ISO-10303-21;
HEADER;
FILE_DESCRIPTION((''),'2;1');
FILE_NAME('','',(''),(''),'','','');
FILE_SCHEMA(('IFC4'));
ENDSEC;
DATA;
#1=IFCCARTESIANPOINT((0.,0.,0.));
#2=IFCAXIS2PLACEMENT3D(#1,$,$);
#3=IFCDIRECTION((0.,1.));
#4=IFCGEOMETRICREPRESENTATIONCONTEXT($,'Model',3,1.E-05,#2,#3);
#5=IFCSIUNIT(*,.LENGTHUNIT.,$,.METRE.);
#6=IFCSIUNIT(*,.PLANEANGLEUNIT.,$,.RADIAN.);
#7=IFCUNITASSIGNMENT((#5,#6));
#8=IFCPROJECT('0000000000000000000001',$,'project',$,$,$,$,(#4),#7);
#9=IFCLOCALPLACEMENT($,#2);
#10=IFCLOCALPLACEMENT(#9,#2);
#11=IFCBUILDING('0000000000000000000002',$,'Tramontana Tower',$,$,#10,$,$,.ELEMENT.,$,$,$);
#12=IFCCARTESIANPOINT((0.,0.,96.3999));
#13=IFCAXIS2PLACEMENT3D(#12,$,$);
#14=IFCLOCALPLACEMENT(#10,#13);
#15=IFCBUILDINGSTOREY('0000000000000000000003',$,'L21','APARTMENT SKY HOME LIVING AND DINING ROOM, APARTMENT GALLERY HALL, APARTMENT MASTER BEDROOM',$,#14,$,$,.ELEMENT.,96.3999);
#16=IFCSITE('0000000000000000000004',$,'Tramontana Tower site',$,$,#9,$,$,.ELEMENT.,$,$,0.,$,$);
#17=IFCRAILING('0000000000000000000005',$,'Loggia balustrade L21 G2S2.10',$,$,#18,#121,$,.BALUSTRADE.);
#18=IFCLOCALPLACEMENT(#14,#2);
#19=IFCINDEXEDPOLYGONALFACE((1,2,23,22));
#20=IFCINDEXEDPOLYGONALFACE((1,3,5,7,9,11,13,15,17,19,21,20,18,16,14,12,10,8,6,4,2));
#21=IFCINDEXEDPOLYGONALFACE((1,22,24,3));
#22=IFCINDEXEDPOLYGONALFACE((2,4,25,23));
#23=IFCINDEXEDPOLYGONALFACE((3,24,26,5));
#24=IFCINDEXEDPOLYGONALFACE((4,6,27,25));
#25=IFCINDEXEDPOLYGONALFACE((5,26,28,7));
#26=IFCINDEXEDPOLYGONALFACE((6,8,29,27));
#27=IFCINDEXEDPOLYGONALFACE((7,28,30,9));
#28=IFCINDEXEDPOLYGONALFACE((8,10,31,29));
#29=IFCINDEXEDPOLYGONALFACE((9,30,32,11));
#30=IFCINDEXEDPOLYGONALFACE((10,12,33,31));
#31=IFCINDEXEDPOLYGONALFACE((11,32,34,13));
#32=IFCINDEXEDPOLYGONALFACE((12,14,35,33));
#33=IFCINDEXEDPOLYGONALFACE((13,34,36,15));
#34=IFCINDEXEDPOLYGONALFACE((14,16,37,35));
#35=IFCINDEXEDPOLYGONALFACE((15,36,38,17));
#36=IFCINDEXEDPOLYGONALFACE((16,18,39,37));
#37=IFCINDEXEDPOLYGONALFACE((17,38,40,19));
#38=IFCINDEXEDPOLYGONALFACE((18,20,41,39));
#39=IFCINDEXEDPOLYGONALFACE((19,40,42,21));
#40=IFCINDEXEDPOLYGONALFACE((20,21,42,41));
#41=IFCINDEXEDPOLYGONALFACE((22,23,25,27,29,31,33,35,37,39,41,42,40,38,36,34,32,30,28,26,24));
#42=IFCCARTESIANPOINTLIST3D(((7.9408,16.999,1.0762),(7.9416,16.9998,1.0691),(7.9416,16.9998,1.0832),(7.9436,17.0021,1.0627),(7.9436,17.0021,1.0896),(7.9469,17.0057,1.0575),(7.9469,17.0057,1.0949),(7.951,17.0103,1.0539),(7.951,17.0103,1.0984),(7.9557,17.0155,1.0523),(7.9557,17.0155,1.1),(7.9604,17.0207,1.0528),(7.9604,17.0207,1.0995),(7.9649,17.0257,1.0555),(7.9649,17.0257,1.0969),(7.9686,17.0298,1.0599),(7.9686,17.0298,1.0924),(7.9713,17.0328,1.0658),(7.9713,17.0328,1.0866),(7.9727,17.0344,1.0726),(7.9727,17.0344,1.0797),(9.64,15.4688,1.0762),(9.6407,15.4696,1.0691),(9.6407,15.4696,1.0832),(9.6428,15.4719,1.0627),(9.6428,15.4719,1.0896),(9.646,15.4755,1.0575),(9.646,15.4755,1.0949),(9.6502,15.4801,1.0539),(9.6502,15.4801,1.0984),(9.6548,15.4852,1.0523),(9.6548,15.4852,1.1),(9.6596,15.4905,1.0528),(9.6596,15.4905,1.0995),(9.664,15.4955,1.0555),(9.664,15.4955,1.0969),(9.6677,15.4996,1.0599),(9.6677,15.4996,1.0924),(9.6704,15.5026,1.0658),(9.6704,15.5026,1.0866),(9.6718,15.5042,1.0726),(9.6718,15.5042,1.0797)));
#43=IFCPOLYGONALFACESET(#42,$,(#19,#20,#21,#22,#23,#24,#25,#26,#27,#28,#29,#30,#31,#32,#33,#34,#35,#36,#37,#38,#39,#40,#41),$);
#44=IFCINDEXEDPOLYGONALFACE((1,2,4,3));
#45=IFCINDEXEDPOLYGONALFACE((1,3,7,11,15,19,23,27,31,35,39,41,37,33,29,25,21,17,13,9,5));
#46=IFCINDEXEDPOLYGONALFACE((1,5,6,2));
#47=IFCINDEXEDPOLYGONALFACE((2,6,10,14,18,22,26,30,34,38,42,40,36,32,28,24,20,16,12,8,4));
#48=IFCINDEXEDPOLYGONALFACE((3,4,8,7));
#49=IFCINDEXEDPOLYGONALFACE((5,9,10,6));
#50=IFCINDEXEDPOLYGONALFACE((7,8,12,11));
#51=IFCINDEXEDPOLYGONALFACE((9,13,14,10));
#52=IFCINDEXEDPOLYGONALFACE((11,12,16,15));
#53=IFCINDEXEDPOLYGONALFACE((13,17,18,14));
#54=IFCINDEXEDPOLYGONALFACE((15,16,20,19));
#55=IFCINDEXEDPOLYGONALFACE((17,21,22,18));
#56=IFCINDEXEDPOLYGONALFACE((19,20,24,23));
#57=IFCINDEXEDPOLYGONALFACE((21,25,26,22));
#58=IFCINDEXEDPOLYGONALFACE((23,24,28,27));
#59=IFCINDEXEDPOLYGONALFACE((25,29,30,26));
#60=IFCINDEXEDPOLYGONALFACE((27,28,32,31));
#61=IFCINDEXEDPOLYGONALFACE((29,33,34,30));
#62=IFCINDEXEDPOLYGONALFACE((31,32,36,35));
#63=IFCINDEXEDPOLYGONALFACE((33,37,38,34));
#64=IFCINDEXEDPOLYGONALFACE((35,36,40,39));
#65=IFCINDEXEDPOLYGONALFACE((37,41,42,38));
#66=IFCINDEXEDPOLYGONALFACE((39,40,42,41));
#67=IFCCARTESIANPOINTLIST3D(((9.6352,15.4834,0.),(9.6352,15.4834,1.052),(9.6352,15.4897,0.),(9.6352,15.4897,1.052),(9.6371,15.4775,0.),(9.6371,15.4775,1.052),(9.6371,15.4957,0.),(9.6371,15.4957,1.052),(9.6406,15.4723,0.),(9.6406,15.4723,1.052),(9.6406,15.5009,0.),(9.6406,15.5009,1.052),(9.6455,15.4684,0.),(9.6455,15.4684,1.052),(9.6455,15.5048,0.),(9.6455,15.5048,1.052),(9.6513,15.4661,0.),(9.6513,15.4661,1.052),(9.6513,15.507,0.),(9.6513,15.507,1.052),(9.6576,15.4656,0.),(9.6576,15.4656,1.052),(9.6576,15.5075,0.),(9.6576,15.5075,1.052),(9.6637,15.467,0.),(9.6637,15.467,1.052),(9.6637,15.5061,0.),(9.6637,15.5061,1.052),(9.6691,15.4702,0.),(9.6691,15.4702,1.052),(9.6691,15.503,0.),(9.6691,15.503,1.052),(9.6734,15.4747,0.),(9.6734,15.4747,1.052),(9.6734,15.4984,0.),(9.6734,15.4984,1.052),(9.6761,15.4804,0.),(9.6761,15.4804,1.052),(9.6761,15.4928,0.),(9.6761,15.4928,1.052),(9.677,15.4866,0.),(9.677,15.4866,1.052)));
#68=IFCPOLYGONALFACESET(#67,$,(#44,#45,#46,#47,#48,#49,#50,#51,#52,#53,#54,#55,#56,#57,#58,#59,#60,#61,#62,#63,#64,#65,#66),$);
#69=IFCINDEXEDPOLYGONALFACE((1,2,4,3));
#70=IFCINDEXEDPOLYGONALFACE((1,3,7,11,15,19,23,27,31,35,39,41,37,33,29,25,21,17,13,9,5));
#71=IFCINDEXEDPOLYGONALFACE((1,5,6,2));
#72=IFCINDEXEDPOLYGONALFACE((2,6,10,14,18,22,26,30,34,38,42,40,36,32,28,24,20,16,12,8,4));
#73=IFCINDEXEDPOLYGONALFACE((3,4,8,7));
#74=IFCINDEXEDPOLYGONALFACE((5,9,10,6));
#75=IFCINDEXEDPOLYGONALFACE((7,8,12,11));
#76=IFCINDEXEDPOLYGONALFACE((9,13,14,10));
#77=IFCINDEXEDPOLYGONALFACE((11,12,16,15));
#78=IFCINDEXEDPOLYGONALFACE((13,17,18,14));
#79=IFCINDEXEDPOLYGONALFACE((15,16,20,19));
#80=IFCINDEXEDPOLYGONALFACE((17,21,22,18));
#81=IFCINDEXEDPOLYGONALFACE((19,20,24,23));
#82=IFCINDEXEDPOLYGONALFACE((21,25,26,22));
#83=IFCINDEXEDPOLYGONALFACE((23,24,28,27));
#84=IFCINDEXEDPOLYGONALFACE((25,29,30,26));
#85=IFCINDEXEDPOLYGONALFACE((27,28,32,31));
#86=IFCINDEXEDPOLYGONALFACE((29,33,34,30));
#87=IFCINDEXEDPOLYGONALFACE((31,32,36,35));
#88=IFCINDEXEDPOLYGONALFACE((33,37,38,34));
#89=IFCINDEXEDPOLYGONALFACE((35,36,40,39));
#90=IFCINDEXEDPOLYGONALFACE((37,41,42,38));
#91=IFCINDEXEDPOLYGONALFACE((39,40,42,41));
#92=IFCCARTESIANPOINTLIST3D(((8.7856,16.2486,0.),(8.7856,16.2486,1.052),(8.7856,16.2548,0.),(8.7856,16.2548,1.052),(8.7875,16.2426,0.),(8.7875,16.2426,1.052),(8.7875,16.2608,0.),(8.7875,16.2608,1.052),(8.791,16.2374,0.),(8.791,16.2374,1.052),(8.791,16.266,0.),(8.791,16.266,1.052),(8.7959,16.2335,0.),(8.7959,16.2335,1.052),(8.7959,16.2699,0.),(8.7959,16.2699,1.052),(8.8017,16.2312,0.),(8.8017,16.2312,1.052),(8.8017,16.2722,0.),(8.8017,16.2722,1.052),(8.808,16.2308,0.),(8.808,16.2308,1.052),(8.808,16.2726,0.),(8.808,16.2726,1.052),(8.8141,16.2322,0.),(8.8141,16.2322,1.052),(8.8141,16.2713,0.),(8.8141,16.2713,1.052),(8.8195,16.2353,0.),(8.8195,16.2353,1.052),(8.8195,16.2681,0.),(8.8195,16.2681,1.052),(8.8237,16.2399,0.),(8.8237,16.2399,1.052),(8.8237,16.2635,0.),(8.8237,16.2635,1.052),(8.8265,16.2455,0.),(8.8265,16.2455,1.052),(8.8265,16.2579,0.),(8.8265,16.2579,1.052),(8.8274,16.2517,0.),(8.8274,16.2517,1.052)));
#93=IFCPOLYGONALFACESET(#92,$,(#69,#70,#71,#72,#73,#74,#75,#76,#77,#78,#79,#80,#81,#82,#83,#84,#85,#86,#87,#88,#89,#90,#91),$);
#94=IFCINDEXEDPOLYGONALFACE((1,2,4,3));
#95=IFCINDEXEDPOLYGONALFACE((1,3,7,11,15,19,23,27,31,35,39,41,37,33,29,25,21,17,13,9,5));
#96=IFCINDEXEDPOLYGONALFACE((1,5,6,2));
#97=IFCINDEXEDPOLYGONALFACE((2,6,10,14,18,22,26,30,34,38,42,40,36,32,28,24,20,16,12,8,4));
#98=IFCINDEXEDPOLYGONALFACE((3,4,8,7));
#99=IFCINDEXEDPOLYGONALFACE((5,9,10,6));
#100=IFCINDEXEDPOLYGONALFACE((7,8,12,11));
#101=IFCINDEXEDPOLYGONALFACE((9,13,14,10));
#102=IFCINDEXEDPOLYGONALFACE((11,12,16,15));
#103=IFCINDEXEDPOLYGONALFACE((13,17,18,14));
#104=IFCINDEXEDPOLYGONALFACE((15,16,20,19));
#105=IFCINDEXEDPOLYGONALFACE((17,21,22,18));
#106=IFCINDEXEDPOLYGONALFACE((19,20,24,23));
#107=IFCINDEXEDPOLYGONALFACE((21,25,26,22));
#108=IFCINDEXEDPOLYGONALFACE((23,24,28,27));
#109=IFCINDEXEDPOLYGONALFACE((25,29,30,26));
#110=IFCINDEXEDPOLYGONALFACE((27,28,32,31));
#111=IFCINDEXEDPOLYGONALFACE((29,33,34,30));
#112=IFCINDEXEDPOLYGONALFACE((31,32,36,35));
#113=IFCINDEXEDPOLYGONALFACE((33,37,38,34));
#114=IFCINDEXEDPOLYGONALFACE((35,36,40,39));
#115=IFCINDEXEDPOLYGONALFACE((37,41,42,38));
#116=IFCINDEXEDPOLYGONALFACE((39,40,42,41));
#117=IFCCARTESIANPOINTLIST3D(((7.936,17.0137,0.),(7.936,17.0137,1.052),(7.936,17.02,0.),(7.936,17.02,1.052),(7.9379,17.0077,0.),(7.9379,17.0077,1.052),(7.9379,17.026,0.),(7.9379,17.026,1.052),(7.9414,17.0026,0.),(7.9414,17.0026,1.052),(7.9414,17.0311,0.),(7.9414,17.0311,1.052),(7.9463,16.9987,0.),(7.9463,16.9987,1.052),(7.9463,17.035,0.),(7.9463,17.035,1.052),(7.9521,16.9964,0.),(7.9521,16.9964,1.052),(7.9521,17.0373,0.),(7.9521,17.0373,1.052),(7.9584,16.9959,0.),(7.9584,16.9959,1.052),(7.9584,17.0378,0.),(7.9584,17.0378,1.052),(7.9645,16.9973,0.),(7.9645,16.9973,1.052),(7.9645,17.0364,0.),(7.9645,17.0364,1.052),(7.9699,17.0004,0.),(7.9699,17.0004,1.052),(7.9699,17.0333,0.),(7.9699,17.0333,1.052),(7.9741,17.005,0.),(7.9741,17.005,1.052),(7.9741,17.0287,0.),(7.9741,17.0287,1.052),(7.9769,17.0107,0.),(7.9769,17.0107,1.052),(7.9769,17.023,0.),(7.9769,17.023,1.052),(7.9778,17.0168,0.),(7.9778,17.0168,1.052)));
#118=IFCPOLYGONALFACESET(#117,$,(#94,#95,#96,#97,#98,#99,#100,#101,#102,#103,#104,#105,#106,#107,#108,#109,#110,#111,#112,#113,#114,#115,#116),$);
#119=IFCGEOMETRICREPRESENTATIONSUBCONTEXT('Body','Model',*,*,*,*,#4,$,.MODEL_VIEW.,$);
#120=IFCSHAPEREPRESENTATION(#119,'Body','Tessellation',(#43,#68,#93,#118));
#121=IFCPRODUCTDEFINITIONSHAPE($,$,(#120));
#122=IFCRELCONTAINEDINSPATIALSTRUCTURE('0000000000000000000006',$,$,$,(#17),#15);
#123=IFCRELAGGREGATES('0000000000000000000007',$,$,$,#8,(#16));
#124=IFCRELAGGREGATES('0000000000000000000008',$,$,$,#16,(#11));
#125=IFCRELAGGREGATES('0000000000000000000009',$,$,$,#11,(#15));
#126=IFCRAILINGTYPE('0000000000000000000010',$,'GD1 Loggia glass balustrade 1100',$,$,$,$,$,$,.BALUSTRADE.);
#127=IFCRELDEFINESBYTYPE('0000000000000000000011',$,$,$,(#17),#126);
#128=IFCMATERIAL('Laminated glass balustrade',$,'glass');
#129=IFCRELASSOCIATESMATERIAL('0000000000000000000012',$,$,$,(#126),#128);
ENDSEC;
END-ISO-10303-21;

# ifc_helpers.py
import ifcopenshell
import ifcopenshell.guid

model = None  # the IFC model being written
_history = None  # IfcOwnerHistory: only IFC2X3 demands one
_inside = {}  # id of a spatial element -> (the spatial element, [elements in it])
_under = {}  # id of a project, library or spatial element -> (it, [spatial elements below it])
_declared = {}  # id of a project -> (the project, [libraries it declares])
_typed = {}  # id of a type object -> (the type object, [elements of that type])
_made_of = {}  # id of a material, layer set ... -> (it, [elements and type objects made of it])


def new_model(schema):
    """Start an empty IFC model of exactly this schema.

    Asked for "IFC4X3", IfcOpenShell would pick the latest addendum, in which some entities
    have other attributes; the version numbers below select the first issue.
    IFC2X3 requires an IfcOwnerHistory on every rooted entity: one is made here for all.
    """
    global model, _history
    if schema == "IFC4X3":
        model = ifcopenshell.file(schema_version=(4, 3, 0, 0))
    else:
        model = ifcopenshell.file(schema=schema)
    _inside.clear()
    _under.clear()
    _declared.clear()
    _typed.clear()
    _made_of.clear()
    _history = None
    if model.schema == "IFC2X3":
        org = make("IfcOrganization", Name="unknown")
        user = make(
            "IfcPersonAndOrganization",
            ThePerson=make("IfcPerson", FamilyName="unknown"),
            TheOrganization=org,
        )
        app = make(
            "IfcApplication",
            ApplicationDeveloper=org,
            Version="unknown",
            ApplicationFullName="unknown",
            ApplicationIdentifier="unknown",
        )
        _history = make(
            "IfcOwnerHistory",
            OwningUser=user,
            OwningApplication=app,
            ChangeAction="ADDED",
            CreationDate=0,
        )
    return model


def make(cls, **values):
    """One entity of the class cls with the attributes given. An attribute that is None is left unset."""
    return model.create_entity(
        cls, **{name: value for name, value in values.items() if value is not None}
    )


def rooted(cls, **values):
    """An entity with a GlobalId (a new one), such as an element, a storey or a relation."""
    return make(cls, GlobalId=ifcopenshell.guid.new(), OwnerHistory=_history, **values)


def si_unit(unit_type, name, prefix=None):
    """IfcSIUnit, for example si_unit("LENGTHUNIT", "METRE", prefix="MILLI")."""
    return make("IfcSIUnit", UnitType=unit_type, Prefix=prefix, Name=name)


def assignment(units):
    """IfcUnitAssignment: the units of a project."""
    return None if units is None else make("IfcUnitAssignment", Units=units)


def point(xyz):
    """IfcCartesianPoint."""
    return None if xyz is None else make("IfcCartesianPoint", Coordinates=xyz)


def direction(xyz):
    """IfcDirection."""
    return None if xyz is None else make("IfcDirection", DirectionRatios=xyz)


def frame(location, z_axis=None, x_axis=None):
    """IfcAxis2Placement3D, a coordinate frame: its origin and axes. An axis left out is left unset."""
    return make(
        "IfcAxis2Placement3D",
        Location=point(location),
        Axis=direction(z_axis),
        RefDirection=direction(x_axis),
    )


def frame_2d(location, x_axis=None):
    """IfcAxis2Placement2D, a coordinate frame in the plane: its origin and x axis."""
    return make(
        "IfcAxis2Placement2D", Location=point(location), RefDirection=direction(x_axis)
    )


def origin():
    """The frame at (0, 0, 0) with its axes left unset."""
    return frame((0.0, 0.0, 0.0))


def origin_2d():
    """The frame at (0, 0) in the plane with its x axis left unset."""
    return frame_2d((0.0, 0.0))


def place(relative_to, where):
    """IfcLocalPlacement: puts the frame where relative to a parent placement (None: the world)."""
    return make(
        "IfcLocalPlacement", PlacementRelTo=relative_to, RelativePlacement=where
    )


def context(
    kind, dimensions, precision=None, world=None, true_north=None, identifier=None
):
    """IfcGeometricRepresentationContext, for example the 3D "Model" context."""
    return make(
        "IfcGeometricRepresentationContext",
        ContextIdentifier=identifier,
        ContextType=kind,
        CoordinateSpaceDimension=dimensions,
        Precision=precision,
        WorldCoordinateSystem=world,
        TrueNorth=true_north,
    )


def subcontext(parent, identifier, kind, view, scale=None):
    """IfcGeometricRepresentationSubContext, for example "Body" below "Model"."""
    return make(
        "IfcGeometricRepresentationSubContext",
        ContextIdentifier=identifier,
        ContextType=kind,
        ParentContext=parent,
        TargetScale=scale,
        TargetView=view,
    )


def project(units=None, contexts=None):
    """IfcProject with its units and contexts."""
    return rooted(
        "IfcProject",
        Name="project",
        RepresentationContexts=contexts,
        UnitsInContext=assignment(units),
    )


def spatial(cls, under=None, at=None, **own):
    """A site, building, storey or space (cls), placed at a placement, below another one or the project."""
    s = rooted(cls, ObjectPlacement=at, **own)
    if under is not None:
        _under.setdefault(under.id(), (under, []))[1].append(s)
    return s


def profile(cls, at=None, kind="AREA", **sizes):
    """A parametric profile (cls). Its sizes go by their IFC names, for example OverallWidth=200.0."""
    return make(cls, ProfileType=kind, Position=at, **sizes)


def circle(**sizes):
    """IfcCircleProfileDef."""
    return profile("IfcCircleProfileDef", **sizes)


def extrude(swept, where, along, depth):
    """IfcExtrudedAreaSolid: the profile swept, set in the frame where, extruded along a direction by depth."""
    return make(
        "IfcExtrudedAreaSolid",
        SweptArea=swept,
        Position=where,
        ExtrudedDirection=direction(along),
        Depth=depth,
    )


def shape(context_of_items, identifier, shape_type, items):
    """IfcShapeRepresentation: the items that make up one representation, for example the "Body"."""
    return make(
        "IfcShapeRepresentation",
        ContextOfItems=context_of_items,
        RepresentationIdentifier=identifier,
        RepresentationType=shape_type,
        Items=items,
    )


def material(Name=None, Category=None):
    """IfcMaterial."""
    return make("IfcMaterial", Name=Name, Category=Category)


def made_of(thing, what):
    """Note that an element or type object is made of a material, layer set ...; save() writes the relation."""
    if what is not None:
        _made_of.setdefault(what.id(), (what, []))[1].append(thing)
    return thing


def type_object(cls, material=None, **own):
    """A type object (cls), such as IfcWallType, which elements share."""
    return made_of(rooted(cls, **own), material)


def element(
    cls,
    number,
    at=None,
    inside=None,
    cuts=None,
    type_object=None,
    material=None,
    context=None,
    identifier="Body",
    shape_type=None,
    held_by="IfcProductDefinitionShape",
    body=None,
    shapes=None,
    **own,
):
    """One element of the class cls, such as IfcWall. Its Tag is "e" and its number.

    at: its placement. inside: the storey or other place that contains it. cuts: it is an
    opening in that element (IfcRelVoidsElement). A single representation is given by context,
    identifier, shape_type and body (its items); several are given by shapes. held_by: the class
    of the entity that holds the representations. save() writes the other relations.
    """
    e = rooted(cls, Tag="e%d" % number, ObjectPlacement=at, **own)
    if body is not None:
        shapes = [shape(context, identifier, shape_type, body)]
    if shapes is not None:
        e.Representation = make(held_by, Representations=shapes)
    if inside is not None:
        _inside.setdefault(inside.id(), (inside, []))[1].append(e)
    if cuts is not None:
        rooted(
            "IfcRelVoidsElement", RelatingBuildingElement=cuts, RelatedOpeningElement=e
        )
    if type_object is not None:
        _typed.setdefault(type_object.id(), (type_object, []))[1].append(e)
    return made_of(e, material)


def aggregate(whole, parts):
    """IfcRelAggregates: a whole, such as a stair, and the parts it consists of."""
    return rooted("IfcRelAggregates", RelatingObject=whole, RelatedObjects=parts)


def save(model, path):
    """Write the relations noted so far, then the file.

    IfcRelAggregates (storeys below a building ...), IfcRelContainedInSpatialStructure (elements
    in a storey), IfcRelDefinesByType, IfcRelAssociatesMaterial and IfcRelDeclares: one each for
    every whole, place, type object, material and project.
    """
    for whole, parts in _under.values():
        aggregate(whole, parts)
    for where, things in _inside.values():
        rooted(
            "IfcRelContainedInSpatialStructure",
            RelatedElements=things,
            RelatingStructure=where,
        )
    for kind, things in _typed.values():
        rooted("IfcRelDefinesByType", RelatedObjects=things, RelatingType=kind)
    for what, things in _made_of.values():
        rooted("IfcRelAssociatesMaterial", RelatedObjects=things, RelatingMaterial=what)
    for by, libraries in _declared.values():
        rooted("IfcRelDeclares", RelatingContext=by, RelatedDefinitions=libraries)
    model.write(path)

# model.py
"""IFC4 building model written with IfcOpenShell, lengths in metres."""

from ifc_helpers import new_model, si_unit, direction, frame, origin, origin_2d, place, context, subcontext, project, spatial, circle, extrude, material, type_object, element, save


model = new_model("IFC4")

# Units and contexts
model_context = context("Model", 3, precision=1e-05, world=origin(), true_north=direction((0.0, 1.0)))
body_context = subcontext(model_context, "Body", "Model", "MODEL_VIEW")
ifc_project = project(units=[si_unit("LENGTHUNIT", "METRE"), si_unit("PLANEANGLEUNIT", "RADIAN")], contexts=[model_context])

# Site, building, storey
site_placement = place(None, origin())
site = spatial("IfcSite", under=ifc_project, at=site_placement, Name="Tramontana Tower site", CompositionType="ELEMENT", RefElevation=0.0)
building_placement = place(site_placement, origin())
building = spatial("IfcBuilding", under=site, at=building_placement, Name="Tramontana Tower", CompositionType="ELEMENT")
storey_placement = place(building_placement, frame((0.0, 0.0, 96.3999)))
storey = spatial("IfcBuildingStorey", under=building, at=storey_placement, Name="L21", Description="APARTMENT SKY HOME LIVING AND DINING ROOM, APARTMENT GALLERY HALL, APARTMENT MASTER BEDROOM", CompositionType="ELEMENT", Elevation=96.3999)

# Railing
ifc_material_1 = material(Name="Laminated glass balustrade", Category="glass")
railing_type = type_object("IfcRailingType", Name="GD1 Loggia glass balustrade 1100", PredefinedType="BALUSTRADE", material=ifc_material_1)
railing_1_placement = place(storey_placement, frame((9.656, 15.4866, 0.0)))
element("IfcRailing", 1, at=railing_1_placement, inside=storey, type_object=railing_type, Name="Loggia balustrade L21 G2S2.10", PredefinedType="BALUSTRADE", context=body_context, shape_type="SweptSolid", body=[
    extrude(circle(Radius=0.0239, at=origin_2d()), frame((0.0, 0.0, 1.0762), z_axis=(-0.743082, 0.669201, 0.0), x_axis=(-0.669201, -0.743082, 0.0)), (0.0, 0.0, 1.0), 2.2866),
    extrude(circle(Radius=0.021, at=origin_2d()), origin(), (0.0, 0.0, 1.0), 1.052),
    extrude(circle(Radius=0.021, at=origin_2d()), frame((-0.8496, 0.7651, 0.0)), (0.0, 0.0, 1.0), 1.052),
    extrude(circle(Radius=0.021, at=origin_2d()), frame((-1.6992, 1.5303, 0.0)), (0.0, 0.0, 1.0), 1.052),
])

save(model, "model.ifc")
